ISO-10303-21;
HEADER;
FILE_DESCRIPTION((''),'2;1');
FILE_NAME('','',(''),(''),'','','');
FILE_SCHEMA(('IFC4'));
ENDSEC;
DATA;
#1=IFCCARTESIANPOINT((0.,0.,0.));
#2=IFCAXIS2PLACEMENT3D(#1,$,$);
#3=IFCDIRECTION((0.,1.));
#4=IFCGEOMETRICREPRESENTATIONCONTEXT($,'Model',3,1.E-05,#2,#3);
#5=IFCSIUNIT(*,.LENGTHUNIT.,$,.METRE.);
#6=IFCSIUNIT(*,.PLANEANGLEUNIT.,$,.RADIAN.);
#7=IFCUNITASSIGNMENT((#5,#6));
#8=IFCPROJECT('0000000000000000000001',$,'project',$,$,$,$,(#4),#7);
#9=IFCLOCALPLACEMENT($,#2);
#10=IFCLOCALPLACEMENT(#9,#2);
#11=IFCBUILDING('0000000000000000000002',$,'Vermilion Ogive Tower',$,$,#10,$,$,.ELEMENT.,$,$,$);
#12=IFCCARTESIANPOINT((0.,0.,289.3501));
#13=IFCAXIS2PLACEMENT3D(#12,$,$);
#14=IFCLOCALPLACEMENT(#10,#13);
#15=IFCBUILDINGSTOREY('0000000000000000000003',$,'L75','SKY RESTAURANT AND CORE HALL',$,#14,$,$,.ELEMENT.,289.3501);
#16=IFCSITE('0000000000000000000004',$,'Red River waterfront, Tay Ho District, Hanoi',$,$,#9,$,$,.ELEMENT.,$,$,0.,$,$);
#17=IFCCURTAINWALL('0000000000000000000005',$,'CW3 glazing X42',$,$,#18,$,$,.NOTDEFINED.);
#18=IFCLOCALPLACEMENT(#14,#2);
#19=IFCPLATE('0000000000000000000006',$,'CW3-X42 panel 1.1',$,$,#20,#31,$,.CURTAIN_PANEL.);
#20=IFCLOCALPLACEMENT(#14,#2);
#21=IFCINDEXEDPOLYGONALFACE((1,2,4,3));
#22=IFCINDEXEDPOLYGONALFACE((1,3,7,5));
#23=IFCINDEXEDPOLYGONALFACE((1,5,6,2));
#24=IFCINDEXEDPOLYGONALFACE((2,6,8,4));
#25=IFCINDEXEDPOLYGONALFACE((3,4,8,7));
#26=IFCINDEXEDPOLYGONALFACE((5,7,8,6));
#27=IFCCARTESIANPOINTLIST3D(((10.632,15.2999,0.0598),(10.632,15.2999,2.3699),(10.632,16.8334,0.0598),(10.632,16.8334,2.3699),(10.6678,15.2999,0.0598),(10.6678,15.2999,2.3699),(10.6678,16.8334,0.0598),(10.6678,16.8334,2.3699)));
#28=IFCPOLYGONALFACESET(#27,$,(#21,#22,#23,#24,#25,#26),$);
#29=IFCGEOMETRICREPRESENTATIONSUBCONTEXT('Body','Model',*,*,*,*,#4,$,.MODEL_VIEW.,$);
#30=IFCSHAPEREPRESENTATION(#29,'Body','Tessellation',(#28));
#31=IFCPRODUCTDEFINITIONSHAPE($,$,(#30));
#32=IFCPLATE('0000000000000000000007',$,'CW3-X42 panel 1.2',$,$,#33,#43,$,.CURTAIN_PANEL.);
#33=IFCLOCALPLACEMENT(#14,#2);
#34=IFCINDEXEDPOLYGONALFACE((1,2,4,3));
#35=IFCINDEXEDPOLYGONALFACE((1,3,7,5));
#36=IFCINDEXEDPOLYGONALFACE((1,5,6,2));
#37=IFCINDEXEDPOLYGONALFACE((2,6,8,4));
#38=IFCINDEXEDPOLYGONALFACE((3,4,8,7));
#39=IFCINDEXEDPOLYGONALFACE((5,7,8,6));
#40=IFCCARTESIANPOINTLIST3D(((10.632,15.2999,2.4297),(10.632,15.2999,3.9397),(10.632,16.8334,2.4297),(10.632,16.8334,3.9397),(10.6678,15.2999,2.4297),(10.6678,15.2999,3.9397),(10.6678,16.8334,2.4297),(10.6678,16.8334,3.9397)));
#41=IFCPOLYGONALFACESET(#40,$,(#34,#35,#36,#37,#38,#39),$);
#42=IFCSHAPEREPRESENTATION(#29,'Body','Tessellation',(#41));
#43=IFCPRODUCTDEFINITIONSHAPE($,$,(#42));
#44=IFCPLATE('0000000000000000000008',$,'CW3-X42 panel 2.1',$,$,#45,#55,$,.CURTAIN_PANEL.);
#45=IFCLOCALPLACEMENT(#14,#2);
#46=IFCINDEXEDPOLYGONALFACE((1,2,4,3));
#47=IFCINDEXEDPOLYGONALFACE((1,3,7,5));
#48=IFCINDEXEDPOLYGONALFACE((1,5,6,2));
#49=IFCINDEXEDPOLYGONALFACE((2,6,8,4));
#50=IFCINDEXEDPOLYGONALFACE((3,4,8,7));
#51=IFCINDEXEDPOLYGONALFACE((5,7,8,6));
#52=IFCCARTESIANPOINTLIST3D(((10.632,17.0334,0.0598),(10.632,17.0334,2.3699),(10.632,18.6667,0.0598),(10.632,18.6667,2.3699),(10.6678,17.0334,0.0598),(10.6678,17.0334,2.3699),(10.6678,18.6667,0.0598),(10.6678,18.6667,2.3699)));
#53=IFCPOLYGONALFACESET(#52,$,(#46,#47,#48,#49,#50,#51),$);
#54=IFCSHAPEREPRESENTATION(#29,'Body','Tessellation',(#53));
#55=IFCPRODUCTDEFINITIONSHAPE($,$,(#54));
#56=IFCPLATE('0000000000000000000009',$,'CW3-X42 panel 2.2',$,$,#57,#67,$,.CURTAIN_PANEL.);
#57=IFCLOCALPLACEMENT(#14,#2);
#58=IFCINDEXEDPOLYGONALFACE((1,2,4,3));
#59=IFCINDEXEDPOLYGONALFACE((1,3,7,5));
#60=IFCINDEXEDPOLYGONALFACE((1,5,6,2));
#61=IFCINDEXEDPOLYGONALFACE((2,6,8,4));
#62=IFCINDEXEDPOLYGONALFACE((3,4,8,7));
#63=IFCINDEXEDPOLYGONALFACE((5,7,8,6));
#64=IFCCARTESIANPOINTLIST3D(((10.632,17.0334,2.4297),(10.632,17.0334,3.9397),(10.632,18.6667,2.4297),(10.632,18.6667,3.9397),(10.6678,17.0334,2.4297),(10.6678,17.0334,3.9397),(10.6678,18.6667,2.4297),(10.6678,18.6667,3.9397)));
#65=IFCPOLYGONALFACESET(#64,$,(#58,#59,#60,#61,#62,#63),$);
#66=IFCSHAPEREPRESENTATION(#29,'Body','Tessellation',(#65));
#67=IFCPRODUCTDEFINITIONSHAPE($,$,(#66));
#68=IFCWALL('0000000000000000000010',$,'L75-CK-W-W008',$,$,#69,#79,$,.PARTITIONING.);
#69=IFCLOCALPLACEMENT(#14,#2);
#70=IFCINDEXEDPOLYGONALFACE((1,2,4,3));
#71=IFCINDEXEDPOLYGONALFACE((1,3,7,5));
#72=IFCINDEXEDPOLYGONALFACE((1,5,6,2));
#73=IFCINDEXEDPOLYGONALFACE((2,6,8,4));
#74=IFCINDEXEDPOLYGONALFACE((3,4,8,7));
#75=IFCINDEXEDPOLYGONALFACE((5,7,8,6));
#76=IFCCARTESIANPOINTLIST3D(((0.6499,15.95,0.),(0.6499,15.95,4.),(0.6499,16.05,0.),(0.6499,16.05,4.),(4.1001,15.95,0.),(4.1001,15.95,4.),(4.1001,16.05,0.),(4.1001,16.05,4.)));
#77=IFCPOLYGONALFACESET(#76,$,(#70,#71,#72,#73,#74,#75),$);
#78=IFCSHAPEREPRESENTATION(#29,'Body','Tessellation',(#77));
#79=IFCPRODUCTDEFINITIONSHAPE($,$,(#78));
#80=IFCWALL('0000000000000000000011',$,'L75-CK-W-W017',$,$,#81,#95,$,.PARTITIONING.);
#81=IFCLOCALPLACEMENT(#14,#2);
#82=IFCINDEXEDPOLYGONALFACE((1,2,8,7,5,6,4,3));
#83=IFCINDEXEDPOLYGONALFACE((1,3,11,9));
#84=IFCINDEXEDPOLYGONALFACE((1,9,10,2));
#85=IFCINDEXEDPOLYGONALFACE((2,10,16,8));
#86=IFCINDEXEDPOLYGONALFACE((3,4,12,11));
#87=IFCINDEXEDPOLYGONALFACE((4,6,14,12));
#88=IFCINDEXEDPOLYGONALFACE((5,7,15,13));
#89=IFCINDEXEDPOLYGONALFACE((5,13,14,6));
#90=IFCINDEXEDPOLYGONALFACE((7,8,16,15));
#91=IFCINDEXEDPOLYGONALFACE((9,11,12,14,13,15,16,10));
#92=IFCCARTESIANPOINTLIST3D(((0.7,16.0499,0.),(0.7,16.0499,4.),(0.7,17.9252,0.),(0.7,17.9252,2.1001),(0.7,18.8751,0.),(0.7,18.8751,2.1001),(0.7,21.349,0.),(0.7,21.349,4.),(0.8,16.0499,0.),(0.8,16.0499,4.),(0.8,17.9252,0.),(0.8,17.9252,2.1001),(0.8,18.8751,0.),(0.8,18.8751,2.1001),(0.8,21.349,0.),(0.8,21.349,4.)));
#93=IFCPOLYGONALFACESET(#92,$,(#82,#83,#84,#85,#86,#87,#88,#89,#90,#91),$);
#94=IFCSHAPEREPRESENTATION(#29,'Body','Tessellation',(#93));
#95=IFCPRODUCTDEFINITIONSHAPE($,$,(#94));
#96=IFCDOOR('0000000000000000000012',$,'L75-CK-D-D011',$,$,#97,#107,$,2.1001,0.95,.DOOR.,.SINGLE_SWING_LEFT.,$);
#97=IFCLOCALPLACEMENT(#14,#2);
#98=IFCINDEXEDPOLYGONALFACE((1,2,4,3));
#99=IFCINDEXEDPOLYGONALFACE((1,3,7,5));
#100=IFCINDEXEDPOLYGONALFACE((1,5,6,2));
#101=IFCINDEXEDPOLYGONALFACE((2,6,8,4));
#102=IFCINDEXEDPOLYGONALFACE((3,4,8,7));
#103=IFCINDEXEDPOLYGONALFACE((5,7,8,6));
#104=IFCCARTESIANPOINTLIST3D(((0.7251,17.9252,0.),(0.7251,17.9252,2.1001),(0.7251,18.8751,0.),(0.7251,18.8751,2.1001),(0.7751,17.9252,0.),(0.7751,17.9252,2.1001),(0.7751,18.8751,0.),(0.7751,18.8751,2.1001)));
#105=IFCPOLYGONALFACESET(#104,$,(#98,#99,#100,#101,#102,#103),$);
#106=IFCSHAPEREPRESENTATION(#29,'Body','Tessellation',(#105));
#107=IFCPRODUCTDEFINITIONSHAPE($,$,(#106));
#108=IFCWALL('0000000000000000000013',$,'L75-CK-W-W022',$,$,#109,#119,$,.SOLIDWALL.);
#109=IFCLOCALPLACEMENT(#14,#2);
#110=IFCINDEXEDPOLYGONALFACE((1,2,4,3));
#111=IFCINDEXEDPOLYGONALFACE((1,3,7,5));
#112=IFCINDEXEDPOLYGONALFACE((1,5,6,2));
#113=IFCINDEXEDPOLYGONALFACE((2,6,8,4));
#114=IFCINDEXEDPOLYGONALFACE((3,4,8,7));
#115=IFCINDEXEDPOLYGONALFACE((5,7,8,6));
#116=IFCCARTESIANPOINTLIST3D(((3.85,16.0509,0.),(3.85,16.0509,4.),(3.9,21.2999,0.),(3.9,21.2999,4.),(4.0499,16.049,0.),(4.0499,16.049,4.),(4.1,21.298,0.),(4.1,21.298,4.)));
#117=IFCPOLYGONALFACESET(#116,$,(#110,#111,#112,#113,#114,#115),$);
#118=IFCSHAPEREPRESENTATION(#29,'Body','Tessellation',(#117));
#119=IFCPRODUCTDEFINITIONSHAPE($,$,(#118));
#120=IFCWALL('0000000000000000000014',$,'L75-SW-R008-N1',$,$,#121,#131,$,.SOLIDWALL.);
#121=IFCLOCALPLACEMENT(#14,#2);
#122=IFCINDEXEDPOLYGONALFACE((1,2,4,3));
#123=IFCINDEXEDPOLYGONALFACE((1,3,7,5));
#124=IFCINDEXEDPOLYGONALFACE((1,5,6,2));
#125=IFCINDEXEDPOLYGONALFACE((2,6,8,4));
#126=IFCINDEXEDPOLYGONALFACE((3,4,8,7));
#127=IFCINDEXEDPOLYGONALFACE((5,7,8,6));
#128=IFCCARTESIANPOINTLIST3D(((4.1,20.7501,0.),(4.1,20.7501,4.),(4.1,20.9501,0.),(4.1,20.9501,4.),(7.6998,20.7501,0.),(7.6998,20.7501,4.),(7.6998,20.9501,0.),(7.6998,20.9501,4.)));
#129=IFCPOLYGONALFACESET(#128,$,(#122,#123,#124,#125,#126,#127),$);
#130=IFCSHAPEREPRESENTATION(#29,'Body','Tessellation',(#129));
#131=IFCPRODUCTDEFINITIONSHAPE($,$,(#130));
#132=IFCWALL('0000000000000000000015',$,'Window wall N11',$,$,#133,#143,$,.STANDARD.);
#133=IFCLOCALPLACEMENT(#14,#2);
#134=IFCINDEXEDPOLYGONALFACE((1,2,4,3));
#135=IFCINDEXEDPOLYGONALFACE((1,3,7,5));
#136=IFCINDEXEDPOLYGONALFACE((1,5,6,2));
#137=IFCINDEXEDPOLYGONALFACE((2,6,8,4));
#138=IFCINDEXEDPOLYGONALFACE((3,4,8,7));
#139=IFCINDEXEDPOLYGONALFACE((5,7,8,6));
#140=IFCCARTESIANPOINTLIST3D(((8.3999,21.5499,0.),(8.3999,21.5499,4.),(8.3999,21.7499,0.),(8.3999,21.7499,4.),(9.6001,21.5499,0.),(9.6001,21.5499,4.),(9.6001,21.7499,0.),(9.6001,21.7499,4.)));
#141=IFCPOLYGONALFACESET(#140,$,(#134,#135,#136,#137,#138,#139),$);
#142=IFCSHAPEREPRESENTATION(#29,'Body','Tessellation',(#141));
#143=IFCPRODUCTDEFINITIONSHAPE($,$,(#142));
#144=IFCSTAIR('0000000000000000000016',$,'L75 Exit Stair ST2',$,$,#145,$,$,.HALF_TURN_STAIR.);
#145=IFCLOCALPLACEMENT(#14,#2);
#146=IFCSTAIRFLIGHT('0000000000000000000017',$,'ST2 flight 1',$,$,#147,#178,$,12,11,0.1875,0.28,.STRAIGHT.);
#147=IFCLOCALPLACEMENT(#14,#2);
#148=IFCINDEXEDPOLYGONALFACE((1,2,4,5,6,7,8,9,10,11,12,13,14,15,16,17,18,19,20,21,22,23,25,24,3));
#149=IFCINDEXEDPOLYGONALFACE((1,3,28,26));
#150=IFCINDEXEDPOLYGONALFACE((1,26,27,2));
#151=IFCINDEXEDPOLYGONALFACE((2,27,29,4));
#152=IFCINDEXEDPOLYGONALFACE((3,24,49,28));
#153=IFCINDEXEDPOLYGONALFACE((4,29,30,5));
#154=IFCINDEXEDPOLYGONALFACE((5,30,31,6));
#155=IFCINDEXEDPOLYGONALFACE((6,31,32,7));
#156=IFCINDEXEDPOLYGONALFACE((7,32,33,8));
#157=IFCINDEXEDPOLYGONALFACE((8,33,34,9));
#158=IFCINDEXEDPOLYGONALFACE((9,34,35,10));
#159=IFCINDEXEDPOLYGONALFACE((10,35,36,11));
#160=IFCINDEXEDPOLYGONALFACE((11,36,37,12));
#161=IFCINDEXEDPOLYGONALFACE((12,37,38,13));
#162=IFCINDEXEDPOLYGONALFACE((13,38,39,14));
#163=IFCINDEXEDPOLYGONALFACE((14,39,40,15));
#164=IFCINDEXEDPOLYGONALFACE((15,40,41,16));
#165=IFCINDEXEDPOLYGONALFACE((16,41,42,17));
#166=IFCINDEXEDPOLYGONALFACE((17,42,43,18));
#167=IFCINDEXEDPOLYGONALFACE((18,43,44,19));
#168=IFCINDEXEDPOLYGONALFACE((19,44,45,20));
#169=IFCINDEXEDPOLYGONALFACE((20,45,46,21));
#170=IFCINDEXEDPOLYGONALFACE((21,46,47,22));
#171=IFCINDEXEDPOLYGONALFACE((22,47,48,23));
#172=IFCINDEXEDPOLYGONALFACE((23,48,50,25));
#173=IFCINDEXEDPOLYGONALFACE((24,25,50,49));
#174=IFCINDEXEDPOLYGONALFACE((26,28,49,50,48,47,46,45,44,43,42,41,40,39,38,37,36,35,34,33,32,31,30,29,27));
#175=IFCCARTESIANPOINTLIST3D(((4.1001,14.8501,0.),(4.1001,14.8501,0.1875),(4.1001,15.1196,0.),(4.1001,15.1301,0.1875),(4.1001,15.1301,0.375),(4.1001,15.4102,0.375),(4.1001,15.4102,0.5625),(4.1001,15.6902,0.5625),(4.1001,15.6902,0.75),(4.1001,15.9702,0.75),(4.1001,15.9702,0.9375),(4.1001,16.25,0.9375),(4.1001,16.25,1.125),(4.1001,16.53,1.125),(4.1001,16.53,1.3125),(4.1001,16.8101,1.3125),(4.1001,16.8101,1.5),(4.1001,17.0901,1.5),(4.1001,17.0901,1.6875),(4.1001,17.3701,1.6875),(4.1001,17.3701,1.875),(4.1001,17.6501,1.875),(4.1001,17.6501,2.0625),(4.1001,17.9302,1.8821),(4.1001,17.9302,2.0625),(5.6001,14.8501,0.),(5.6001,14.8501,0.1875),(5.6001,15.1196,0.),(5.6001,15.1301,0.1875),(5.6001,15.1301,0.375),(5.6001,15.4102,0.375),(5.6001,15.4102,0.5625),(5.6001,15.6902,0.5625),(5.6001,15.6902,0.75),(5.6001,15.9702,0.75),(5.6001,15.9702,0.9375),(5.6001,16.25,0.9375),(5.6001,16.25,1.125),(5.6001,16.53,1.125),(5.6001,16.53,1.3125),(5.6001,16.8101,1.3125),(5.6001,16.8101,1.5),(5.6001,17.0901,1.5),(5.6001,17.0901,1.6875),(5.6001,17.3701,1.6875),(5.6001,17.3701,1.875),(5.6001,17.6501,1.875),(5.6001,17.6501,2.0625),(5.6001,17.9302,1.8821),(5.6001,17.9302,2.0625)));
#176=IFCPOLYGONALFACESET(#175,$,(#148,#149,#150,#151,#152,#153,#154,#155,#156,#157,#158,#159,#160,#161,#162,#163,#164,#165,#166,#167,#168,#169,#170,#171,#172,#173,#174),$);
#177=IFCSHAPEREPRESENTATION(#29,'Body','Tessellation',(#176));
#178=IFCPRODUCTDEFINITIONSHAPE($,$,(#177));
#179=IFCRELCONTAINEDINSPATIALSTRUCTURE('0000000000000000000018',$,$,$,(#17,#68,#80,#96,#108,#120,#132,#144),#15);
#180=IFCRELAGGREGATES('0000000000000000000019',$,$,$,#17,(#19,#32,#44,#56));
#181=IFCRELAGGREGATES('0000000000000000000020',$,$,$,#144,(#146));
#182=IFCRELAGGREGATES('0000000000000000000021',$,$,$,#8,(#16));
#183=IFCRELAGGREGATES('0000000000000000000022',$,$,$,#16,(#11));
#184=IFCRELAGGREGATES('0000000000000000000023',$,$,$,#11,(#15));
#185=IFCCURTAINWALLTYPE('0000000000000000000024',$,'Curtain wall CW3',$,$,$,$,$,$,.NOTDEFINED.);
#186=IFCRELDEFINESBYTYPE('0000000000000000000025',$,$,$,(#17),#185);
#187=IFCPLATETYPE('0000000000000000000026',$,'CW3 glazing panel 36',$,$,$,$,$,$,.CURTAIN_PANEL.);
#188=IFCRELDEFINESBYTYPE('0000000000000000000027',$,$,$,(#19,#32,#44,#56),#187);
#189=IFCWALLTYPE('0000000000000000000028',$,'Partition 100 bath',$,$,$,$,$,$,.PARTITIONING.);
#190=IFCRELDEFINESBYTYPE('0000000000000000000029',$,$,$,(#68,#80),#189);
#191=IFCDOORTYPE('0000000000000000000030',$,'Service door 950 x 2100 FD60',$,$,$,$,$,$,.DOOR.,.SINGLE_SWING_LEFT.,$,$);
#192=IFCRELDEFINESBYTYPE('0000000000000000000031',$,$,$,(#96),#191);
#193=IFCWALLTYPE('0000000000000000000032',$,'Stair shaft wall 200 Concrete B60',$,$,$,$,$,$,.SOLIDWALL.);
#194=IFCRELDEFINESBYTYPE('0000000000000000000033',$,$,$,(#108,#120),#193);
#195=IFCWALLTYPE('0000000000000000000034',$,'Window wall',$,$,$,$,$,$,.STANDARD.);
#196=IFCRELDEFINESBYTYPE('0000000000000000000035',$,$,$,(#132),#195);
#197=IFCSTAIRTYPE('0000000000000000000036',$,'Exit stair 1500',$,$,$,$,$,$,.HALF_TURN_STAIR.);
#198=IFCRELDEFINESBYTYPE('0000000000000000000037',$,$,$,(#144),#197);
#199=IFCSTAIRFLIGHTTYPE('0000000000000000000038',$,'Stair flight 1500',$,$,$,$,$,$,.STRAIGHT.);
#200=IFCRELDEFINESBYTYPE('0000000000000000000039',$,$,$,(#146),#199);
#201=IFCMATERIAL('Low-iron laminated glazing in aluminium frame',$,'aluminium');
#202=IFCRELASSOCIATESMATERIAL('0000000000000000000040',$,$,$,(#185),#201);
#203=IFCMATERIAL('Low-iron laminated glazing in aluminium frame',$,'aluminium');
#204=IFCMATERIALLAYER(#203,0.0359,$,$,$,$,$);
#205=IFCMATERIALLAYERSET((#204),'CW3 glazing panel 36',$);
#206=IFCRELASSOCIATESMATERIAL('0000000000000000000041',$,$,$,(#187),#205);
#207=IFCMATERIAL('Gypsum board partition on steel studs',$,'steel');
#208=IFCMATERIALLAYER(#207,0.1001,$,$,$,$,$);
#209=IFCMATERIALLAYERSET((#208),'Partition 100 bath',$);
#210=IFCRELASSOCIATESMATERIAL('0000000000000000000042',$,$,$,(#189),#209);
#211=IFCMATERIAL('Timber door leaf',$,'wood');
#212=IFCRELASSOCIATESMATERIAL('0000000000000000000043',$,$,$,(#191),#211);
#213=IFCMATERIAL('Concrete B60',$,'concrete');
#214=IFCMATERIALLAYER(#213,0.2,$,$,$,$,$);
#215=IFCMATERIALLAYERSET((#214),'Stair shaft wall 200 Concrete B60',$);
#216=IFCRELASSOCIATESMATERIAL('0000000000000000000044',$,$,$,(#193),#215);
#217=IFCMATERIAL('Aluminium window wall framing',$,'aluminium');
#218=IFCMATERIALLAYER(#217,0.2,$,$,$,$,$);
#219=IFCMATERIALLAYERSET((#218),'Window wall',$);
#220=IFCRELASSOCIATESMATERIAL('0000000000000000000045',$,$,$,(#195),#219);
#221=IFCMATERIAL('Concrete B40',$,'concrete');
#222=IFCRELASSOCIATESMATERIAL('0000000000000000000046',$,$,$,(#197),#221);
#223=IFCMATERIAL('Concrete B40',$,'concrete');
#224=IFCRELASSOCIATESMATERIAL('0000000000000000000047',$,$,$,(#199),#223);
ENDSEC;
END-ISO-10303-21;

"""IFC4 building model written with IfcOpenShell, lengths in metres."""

from ifc_helpers import new_model, si_unit, direction, frame, frame_2d, origin, origin_2d, place, context, subcontext, project, spatial, polyline, rectangle, outline, extrude, material, layer, layer_set, type_object, element, fill, aggregate, save


model = new_model("IFC4")

# Units and contexts
model_context = context("Model", 3, precision=1e-05, world=origin(), true_north=direction((0.0, 1.0)))
body_context = subcontext(model_context, "Body", "Model", "MODEL_VIEW")
ifc_project = project(units=[si_unit("LENGTHUNIT", "METRE"), si_unit("PLANEANGLEUNIT", "RADIAN")], contexts=[model_context])

# Site, building, storey
site_placement = place(None, origin())
site = spatial("IfcSite", under=ifc_project, at=site_placement, Name="Red River waterfront, Tay Ho District, Hanoi", CompositionType="ELEMENT", RefElevation=0.0)
building_placement = place(site_placement, origin())
building = spatial("IfcBuilding", under=site, at=building_placement, Name="Vermilion Ogive Tower", CompositionType="ELEMENT")
storey_placement = place(building_placement, frame((0.0, 0.0, 289.3501)))
storey = spatial("IfcBuildingStorey", under=building, at=storey_placement, Name="L75", Description="SKY RESTAURANT AND CORE HALL", CompositionType="ELEMENT", Elevation=289.3501)

# Curtain wall, plates
ifc_material_1 = material(Name="Low-iron laminated glazing in aluminium frame", Category="aluminium")
curtain_wall_type = type_object("IfcCurtainWallType", Name="Curtain wall CW3", PredefinedType="NOTDEFINED", material=ifc_material_1)
curtain_wall_placement = place(storey_placement, origin())
curtain_wall = element("IfcCurtainWall", 1, at=curtain_wall_placement, inside=storey, type_object=curtain_wall_type, Name="CW3 glazing X42", PredefinedType="NOTDEFINED")
ifc_material_2 = material(Name="Low-iron laminated glazing in aluminium frame", Category="aluminium")
ifc_layer_1 = layer(ifc_material_2, 0.0359)
ifc_layer_set_1 = layer_set([ifc_layer_1], Name="CW3 glazing panel 36")
plate_type = type_object("IfcPlateType", Name="CW3 glazing panel 36", PredefinedType="CURTAIN_PANEL", material=ifc_layer_set_1)
plate_1_placement = place(storey_placement, frame((10.6499, 16.0667, 0.0598), z_axis=(0.0, 0.0, 1.0), x_axis=(0.0, 1.0, 0.0)))
plate_1 = element("IfcPlate", 2, at=plate_1_placement, type_object=plate_type, Name="CW3-X42 panel 1.1", PredefinedType="CURTAIN_PANEL", context=body_context, shape_type="SweptSolid", body=[
    extrude(rectangle(XDim=1.5334, YDim=0.0359, at=origin_2d()), origin(), (0.0, 0.0, 1.0), 2.3101),
])
plate_2_placement = place(storey_placement, frame((10.6499, 16.0667, 2.4297), z_axis=(0.0, 0.0, 1.0), x_axis=(0.0, 1.0, 0.0)))
plate_2 = element("IfcPlate", 3, at=plate_2_placement, type_object=plate_type, Name="CW3-X42 panel 1.2", PredefinedType="CURTAIN_PANEL", context=body_context, shape_type="SweptSolid", body=[
    extrude(rectangle(XDim=1.5334, YDim=0.0359, at=origin_2d()), origin(), (0.0, 0.0, 1.0), 1.51),
])
plate_3_placement = place(storey_placement, frame((10.6499, 17.8501, 0.0598), z_axis=(0.0, 0.0, 1.0), x_axis=(0.0, 1.0, 0.0)))
plate_3 = element("IfcPlate", 4, at=plate_3_placement, type_object=plate_type, Name="CW3-X42 panel 2.1", PredefinedType="CURTAIN_PANEL", context=body_context, shape_type="SweptSolid", body=[
    extrude(rectangle(XDim=1.6333, YDim=0.0359, at=origin_2d()), origin(), (0.0, 0.0, 1.0), 2.3101),
])
plate_4_placement = place(storey_placement, frame((10.6499, 17.8501, 2.4297), z_axis=(0.0, 0.0, 1.0), x_axis=(0.0, 1.0, 0.0)))
plate_4 = element("IfcPlate", 5, at=plate_4_placement, type_object=plate_type, Name="CW3-X42 panel 2.2", PredefinedType="CURTAIN_PANEL", context=body_context, shape_type="SweptSolid", body=[
    extrude(rectangle(XDim=1.6333, YDim=0.0359, at=origin_2d()), origin(), (0.0, 0.0, 1.0), 1.51),
])
aggregate(curtain_wall, [plate_1, plate_2, plate_3, plate_4])

# Wall
ifc_material_3 = material(Name="Gypsum board partition on steel studs", Category="steel")
ifc_layer_2 = layer(ifc_material_3, 0.1001)
ifc_layer_set_2 = layer_set([ifc_layer_2], Name="Partition 100 bath")
wall_type_1 = type_object("IfcWallType", Name="Partition 100 bath", PredefinedType="PARTITIONING", material=ifc_layer_set_2)
wall_1_placement = place(storey_placement, frame((0.6499, 16.0, 0.0), z_axis=(0.0, 0.0, 1.0), x_axis=(1.0, 0.0, 0.0)))
element("IfcWall", 6, at=wall_1_placement, inside=storey, type_object=wall_type_1, Name="L75-CK-W-W008", PredefinedType="PARTITIONING", context=body_context, shape_type="SweptSolid", body=[
    extrude(rectangle(XDim=3.4502, YDim=0.1001, at=frame_2d((1.7251, 0.0))), origin(), (0.0, 0.0, 1.0), 4.0),
])

# Wall, opening, door
wall_2_placement = place(storey_placement, frame((0.75, 16.05, 0.0), z_axis=(0.0, 0.0, 1.0), x_axis=(0.0, 1.0, 0.0)))
wall_2 = element("IfcWall", 7, at=wall_2_placement, inside=storey, type_object=wall_type_1, Name="L75-CK-W-W017", PredefinedType="PARTITIONING", context=body_context, shape_type="SweptSolid", body=[
    extrude(rectangle(XDim=5.2991, YDim=0.1001, at=frame_2d((2.6494, 0.0))), origin(), (0.0, 0.0, 1.0), 4.0),
])
opening_placement = place(wall_2_placement, frame((1.875, 0.0, 0.0)))
opening = element("IfcOpeningElement", 8, at=opening_placement, cuts=wall_2, PredefinedType="OPENING", context=body_context, shape_type="SweptSolid", body=[
    extrude(rectangle(XDim=0.95, YDim=2.1001, at=frame_2d((0.4751, 1.05))), frame((0.0, 0.0601, 0.0), z_axis=(0.0, -1.0, 0.0), x_axis=(1.0, 0.0, 0.0)), (0.0, 0.0, 1.0), 0.1201),
])
ifc_material_4 = material(Name="Timber door leaf", Category="wood")
door_type = type_object("IfcDoorType", Name="Service door 950 x 2100 FD60", OperationType="SINGLE_SWING_LEFT", PredefinedType="DOOR", material=ifc_material_4)
door_placement = place(opening_placement, origin())
door = element("IfcDoor", 9, at=door_placement, inside=storey, type_object=door_type, Name="L75-CK-D-D011", OperationType="SINGLE_SWING_LEFT", OverallHeight=2.1001, OverallWidth=0.95, PredefinedType="DOOR", context=body_context, shape_type="SweptSolid", body=[
    extrude(rectangle(XDim=0.95, YDim=2.1001, at=frame_2d((0.4751, 1.05))), frame((0.0, 0.0249, 0.0), z_axis=(0.0, -1.0, 0.0), x_axis=(1.0, 0.0, 0.0)), (0.0, 0.0, 1.0), 0.05),
])
fill(opening, door)

# Walls
ifc_material_5 = material(Name="Concrete B60", Category="concrete")
ifc_layer_3 = layer(ifc_material_5, 0.2)
ifc_layer_set_3 = layer_set([ifc_layer_3], Name="Stair shaft wall 200 Concrete B60")
wall_type_2 = type_object("IfcWallType", Name="Stair shaft wall 200 Concrete B60", PredefinedType="SOLIDWALL", material=ifc_layer_set_3)
wall_3_placement = place(storey_placement, frame((3.95, 16.05, 0.0), z_axis=(0.0, 0.0, 1.0), x_axis=(0.009534, 0.999955, 0.0)))
element("IfcWall", 10, at=wall_3_placement, inside=storey, type_object=wall_type_2, Name="L75-CK-W-W022", PredefinedType="SOLIDWALL", context=body_context, shape_type="SweptSolid", body=[
    extrude(rectangle(XDim=5.2493, YDim=0.2, at=frame_2d((2.6245, 0.0))), origin(), (0.0, 0.0, 1.0), 4.0),
])
wall_4_placement = place(storey_placement, frame((4.1001, 20.8501, 0.0), z_axis=(0.0, 0.0, 1.0), x_axis=(1.0, 0.0, 0.0)))
element("IfcWall", 11, at=wall_4_placement, inside=storey, type_object=wall_type_2, Name="L75-SW-R008-N1", PredefinedType="SOLIDWALL", context=body_context, shape_type="SweptSolid", body=[
    extrude(rectangle(XDim=3.5999, YDim=0.2, at=frame_2d((1.7998, 0.0))), origin(), (0.0, 0.0, 1.0), 4.0),
])
ifc_material_6 = material(Name="Aluminium window wall framing", Category="aluminium")
ifc_layer_4 = layer(ifc_material_6, 0.2)
ifc_layer_set_4 = layer_set([ifc_layer_4], Name="Window wall")
wall_type_3 = type_object("IfcWallType", Name="Window wall", PredefinedType="STANDARD", material=ifc_layer_set_4)
wall_5_placement = place(storey_placement, frame((9.6001, 21.6499, 0.0), z_axis=(0.0, 0.0, 1.0), x_axis=(-1.0, 0.0, 0.0)))
element("IfcWall", 12, at=wall_5_placement, inside=storey, type_object=wall_type_3, Name="Window wall N11", PredefinedType="STANDARD", context=body_context, shape_type="SweptSolid", body=[
    extrude(rectangle(XDim=1.2002, YDim=0.2, at=frame_2d((0.6001, 0.0))), origin(), (0.0, 0.0, 1.0), 4.0),
])

# Stair, stair flight
ifc_material_7 = material(Name="Concrete B40", Category="concrete")
stair_type = type_object("IfcStairType", Name="Exit stair 1500", PredefinedType="HALF_TURN_STAIR", material=ifc_material_7)
stair_placement = place(storey_placement, origin())
stair = element("IfcStair", 13, at=stair_placement, inside=storey, type_object=stair_type, Name="L75 Exit Stair ST2", PredefinedType="HALF_TURN_STAIR")
ifc_material_8 = material(Name="Concrete B40", Category="concrete")
stair_flight_type = type_object("IfcStairFlightType", Name="Stair flight 1500", PredefinedType="STRAIGHT", material=ifc_material_8)
stair_flight_1_placement = place(storey_placement, frame((4.8501, 14.8501, 0.0), z_axis=(0.0, 0.0, 1.0), x_axis=(0.0, 1.0, 0.0)))
stair_flight_1 = element("IfcStairFlight", 14, at=stair_flight_1_placement, type_object=stair_flight_type, Name="ST2 flight 1", NumberOfRisers=12, NumberOfTreads=11, PredefinedType="STRAIGHT", RiserHeight=0.1875, TreadLength=0.28, context=body_context, shape_type="SweptSolid", body=[
    extrude(outline(polyline([(0.0, 0.0), (0.0, 0.1875), (0.28, 0.1875), (0.28, 0.375), (0.5601, 0.375), (0.5601, 0.5625), (0.8401, 0.5625), (0.8401, 0.75), (1.1201, 0.75), (1.1201, 0.9375), (1.3999, 0.9375), (1.3999, 1.125), (1.6799, 1.125), (1.6799, 1.3125), (1.96, 1.3125), (1.96, 1.5), (2.24, 1.5), (2.24, 1.6875), (2.52, 1.6875), (2.52, 1.875), (2.8, 1.875), (2.8, 2.0625), (3.0801, 2.0625), (3.0801, 2.25), (3.0801, 1.8821), (0.2695, 0.0), (0.0, 0.0)])), frame((0.0, 0.75, 0.0), z_axis=(0.0, -1.0, 0.0), x_axis=(1.0, 0.0, 0.0)), (0.0, 0.0, 1.0), 1.5),
])
aggregate(stair, [stair_flight_1])

save(model, "model.ifc")
